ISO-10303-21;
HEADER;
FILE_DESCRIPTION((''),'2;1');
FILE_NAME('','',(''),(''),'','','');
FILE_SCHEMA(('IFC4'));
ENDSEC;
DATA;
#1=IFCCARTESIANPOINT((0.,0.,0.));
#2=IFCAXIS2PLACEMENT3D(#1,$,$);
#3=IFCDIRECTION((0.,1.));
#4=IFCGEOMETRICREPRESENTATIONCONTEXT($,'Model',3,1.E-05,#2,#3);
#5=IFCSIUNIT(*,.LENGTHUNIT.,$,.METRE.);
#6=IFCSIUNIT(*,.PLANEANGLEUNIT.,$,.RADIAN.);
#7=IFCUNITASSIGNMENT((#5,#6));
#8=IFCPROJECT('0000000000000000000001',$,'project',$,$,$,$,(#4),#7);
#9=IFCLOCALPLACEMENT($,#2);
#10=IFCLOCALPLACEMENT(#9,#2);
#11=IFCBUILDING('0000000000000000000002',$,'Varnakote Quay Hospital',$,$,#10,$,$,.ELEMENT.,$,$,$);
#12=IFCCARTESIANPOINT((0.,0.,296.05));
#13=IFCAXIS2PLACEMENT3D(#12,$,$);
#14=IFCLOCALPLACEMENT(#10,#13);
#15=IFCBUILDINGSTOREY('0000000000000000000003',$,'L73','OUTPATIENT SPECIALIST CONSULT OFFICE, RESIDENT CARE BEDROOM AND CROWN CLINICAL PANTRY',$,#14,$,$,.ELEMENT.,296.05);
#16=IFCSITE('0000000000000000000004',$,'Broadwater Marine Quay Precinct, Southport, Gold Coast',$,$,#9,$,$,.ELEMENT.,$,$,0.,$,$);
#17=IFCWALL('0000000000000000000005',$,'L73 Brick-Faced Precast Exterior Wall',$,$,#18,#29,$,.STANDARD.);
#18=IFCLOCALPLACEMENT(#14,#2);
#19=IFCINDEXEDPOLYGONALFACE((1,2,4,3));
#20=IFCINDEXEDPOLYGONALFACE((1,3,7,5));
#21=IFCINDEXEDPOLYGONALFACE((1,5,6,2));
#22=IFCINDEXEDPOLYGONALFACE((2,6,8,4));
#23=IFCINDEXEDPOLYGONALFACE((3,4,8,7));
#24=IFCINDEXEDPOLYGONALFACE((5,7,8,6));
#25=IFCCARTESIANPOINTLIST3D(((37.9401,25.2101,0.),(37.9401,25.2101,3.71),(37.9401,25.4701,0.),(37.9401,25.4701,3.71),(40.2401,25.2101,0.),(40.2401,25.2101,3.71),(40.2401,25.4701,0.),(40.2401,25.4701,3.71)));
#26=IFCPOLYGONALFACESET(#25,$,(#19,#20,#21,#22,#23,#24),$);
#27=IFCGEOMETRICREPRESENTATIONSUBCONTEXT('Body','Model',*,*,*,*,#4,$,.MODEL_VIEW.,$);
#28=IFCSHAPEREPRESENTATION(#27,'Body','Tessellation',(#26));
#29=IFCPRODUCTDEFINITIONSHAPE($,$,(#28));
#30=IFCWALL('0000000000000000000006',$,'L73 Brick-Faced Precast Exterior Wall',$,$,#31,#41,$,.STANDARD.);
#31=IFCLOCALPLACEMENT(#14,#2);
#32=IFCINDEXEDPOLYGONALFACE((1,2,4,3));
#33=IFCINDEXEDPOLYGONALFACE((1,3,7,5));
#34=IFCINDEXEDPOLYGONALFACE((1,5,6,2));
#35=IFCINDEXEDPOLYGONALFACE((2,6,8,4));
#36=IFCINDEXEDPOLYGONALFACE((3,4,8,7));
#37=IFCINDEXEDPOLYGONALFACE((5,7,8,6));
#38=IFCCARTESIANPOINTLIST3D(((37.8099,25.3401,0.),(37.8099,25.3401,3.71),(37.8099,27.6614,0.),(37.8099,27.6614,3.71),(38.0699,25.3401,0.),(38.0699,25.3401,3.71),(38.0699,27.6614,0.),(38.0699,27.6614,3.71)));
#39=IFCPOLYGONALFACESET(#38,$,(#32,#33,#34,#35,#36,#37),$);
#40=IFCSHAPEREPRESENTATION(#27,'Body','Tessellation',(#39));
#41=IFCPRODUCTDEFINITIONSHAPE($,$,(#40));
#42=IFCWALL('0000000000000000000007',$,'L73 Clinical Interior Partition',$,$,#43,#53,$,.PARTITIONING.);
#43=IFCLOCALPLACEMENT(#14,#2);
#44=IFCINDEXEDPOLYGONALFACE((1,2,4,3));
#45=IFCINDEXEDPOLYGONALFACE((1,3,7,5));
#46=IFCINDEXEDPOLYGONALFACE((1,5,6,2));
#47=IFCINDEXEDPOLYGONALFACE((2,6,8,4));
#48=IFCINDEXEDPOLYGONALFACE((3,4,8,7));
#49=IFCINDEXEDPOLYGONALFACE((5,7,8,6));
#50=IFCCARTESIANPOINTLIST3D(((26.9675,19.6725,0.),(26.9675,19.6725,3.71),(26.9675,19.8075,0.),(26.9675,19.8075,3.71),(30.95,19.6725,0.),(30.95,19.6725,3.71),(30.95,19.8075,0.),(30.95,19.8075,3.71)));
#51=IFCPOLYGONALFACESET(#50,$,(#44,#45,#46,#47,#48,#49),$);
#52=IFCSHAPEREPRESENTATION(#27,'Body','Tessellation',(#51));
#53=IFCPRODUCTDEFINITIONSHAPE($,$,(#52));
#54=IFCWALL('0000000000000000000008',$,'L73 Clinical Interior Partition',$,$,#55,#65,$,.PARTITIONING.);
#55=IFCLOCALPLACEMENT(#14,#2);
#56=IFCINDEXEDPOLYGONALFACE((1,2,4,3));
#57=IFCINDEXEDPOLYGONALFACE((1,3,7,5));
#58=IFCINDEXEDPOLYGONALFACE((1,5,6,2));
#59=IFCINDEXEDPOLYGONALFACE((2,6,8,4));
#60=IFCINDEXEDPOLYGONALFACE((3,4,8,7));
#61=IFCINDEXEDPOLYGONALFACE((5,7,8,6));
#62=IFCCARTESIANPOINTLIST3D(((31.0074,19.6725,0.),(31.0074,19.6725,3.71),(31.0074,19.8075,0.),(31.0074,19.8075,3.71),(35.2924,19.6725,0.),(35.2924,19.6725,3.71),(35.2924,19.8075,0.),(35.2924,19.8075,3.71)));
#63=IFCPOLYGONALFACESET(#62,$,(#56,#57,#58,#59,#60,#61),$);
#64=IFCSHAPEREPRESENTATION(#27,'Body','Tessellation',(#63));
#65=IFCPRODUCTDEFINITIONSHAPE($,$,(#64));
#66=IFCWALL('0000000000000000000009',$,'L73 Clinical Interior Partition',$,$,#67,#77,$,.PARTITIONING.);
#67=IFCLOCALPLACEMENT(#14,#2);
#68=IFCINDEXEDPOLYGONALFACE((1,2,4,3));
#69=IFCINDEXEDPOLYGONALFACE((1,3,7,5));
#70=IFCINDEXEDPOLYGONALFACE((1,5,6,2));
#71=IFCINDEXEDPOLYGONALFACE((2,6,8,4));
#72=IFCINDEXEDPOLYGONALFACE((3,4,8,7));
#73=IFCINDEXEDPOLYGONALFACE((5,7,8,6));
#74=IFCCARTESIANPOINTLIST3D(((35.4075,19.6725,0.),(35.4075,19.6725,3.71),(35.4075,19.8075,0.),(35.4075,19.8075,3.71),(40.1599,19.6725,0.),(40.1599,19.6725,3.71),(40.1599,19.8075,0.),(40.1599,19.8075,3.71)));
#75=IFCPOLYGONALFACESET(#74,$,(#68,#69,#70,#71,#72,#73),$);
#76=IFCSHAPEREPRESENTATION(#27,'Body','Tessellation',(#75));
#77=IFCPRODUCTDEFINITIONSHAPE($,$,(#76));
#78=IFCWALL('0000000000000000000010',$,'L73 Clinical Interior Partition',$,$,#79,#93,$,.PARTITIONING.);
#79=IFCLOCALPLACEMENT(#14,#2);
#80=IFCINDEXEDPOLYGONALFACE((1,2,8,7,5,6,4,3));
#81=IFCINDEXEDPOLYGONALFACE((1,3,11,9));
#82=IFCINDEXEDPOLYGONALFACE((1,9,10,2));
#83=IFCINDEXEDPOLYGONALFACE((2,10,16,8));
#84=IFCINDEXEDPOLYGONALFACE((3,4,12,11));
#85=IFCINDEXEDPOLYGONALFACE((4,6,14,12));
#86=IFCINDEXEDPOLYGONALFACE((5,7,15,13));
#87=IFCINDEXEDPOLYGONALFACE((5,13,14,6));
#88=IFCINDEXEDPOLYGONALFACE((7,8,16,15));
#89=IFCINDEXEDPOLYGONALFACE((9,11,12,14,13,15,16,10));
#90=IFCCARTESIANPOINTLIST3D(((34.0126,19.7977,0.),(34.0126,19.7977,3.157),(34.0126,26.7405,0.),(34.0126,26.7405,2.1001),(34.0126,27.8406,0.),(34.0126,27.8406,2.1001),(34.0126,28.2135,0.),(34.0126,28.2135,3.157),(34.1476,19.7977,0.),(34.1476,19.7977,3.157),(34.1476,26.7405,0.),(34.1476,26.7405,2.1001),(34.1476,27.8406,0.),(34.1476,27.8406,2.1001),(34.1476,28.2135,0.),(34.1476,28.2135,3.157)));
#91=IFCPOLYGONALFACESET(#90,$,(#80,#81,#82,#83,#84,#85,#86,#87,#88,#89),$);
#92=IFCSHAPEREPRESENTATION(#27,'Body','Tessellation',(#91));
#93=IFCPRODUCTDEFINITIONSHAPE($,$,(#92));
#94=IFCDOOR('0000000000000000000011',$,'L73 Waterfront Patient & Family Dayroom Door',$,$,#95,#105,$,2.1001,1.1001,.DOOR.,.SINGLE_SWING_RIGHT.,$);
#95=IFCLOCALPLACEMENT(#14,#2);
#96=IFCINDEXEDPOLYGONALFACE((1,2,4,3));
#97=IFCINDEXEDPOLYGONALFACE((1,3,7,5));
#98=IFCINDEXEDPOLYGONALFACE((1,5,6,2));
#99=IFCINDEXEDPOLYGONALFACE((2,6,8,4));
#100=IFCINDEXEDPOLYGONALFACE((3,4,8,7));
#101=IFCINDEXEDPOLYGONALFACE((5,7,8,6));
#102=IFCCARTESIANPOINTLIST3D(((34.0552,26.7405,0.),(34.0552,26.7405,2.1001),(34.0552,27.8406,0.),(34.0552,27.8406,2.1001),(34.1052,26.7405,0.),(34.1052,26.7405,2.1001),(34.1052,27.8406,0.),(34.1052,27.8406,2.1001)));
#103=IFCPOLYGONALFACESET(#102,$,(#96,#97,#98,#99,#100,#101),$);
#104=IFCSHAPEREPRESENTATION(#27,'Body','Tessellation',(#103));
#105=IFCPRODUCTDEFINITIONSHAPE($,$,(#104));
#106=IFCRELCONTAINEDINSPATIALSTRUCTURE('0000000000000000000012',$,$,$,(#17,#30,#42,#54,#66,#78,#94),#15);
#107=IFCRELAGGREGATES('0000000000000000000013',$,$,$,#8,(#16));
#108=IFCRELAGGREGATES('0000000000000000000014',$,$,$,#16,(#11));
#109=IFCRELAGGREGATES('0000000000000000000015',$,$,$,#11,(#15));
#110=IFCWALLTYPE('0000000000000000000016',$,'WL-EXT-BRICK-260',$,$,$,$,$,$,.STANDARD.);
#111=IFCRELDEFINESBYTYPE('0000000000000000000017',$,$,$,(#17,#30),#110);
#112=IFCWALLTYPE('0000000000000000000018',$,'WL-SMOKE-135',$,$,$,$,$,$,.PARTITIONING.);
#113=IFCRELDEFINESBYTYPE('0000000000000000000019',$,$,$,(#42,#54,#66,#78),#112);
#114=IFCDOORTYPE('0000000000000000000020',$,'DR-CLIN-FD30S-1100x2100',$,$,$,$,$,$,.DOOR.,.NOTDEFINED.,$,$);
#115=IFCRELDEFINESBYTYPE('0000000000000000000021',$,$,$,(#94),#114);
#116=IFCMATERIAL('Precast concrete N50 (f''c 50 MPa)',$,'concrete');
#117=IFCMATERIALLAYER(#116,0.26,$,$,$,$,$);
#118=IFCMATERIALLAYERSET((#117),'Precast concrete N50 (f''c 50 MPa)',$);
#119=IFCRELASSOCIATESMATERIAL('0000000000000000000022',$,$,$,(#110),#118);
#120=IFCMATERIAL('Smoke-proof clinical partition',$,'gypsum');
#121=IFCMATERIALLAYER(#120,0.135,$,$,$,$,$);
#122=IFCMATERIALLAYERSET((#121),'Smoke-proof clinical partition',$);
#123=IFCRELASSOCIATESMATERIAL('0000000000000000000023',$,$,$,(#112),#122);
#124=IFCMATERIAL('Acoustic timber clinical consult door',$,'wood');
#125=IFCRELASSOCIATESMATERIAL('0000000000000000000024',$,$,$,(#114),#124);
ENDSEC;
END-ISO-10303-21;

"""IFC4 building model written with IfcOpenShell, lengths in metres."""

from ifc_helpers import new_model, si_unit, direction, frame, frame_2d, origin, place, context, subcontext, project, spatial, rectangle, extrude, material, layer, layer_set, type_object, element, fill, save


model = new_model("IFC4")

# Units and contexts
model_context = context("Model", 3, precision=1e-05, world=origin(), true_north=direction((0.0, 1.0)))
body_context = subcontext(model_context, "Body", "Model", "MODEL_VIEW")
ifc_project = project(units=[si_unit("LENGTHUNIT", "METRE"), si_unit("PLANEANGLEUNIT", "RADIAN")], contexts=[model_context])

# Site, building, storey
site_placement = place(None, origin())
site = spatial("IfcSite", under=ifc_project, at=site_placement, Name="Broadwater Marine Quay Precinct, Southport, Gold Coast", CompositionType="ELEMENT", RefElevation=0.0)
building_placement = place(site_placement, origin())
building = spatial("IfcBuilding", under=site, at=building_placement, Name="Varnakote Quay Hospital", CompositionType="ELEMENT")
storey_placement = place(building_placement, frame((0.0, 0.0, 296.05)))
storey = spatial("IfcBuildingStorey", under=building, at=storey_placement, Name="L73", Description="OUTPATIENT SPECIALIST CONSULT OFFICE, RESIDENT CARE BEDROOM AND CROWN CLINICAL PANTRY", CompositionType="ELEMENT", Elevation=296.05)

# Walls
ifc_material_1 = material(Name="Precast concrete N50 (f'c 50 MPa)", Category="concrete")
ifc_layer_1 = layer(ifc_material_1, 0.26)
ifc_layer_set_1 = layer_set([ifc_layer_1], Name="Precast concrete N50 (f'c 50 MPa)")
wall_type_1 = type_object("IfcWallType", Name="WL-EXT-BRICK-260", PredefinedType="STANDARD", material=ifc_layer_set_1)
wall_1_placement = place(storey_placement, frame((40.24, 25.3401, 0.0), z_axis=(0.0, 0.0, 1.0), x_axis=(-1.0, 0.0, 0.0)))
element("IfcWall", 1, at=wall_1_placement, inside=storey, type_object=wall_type_1, Name="L73 Brick-Faced Precast Exterior Wall", PredefinedType="STANDARD", context=body_context, shape_type="SweptSolid", body=[
    extrude(rectangle(XDim=2.3, YDim=0.26, at=frame_2d((1.1499, 0.0))), origin(), (0.0, 0.0, 1.0), 3.71),
])
wall_2_placement = place(storey_placement, frame((37.9399, 25.3401, 0.0), z_axis=(0.0, 0.0, 1.0), x_axis=(0.0, 1.0, 0.0)))
element("IfcWall", 2, at=wall_2_placement, inside=storey, type_object=wall_type_1, Name="L73 Brick-Faced Precast Exterior Wall", PredefinedType="STANDARD", context=body_context, shape_type="SweptSolid", body=[
    extrude(rectangle(XDim=2.3213, YDim=0.26, at=frame_2d((1.1606, 0.0))), origin(), (0.0, 0.0, 1.0), 3.71),
])
ifc_material_2 = material(Name="Smoke-proof clinical partition", Category="gypsum")
ifc_layer_2 = layer(ifc_material_2, 0.135)
ifc_layer_set_2 = layer_set([ifc_layer_2], Name="Smoke-proof clinical partition")
wall_type_2 = type_object("IfcWallType", Name="WL-SMOKE-135", PredefinedType="PARTITIONING", material=ifc_layer_set_2)
wall_3_placement = place(storey_placement, frame((30.95, 19.74, 0.0), z_axis=(0.0, 0.0, 1.0), x_axis=(-1.0, 0.0, 0.0)))
element("IfcWall", 3, at=wall_3_placement, inside=storey, type_object=wall_type_2, Name="L73 Clinical Interior Partition", PredefinedType="PARTITIONING", context=body_context, shape_type="SweptSolid", body=[
    extrude(rectangle(XDim=3.9824, YDim=0.135, at=frame_2d((1.9912, 0.0))), origin(), (0.0, 0.0, 1.0), 3.71),
])
wall_4_placement = place(storey_placement, frame((35.2925, 19.74, 0.0), z_axis=(0.0, 0.0, 1.0), x_axis=(-1.0, 0.0, 0.0)))
element("IfcWall", 4, at=wall_4_placement, inside=storey, type_object=wall_type_2, Name="L73 Clinical Interior Partition", PredefinedType="PARTITIONING", context=body_context, shape_type="SweptSolid", body=[
    extrude(rectangle(XDim=4.2849, YDim=0.135, at=frame_2d((2.1426, 0.0))), origin(), (0.0, 0.0, 1.0), 3.71),
])
wall_5_placement = place(storey_placement, frame((40.1599, 19.74, 0.0), z_axis=(0.0, 0.0, 1.0), x_axis=(-1.0, 0.0, 0.0)))
element("IfcWall", 5, at=wall_5_placement, inside=storey, type_object=wall_type_2, Name="L73 Clinical Interior Partition", PredefinedType="PARTITIONING", context=body_context, shape_type="SweptSolid", body=[
    extrude(rectangle(XDim=4.7524, YDim=0.135, at=frame_2d((2.3762, 0.0))), origin(), (0.0, 0.0, 1.0), 3.71),
])

# Wall, opening, door
wall_6_placement = place(storey_placement, frame((34.0801, 19.7976, 0.0), z_axis=(0.0, 0.0, 1.0), x_axis=(0.0, 1.0, 0.0)))
wall_6 = element("IfcWall", 6, at=wall_6_placement, inside=storey, type_object=wall_type_2, Name="L73 Clinical Interior Partition", PredefinedType="PARTITIONING", context=body_context, shape_type="SweptSolid", body=[
    extrude(rectangle(XDim=8.4158, YDim=0.135, at=frame_2d((4.208, 0.0))), origin(), (0.0, 0.0, 1.0), 3.157),
])
opening_placement = place(wall_6_placement, frame((6.9429, 0.0, 0.0)))
opening = element("IfcOpeningElement", 7, at=opening_placement, cuts=wall_6, PredefinedType="OPENING", context=body_context, shape_type="SweptSolid", body=[
    extrude(rectangle(XDim=1.1001, YDim=2.1001, at=frame_2d((0.55, 1.05))), frame((0.0, 0.0774, 0.0), z_axis=(0.0, -1.0, 0.0), x_axis=(1.0, 0.0, 0.0)), (0.0, 0.0, 1.0), 0.155),
])
ifc_material_3 = material(Name="Acoustic timber clinical consult door", Category="wood")
door_type = type_object("IfcDoorType", Name="DR-CLIN-FD30S-1100x2100", OperationType="NOTDEFINED", PredefinedType="DOOR", material=ifc_material_3)
door_placement = place(opening_placement, origin())
door = element("IfcDoor", 8, at=door_placement, inside=storey, type_object=door_type, Name="L73 Waterfront Patient & Family Dayroom Door", OperationType="SINGLE_SWING_RIGHT", OverallHeight=2.1001, OverallWidth=1.1001, PredefinedType="DOOR", context=body_context, shape_type="SweptSolid", body=[
    extrude(rectangle(XDim=1.1001, YDim=2.1001, at=frame_2d((0.55, 1.05))), frame((0.0, 0.0249, 0.0), z_axis=(0.0, -1.0, 0.0), x_axis=(1.0, 0.0, 0.0)), (0.0, 0.0, 1.0), 0.05),
])
fill(opening, door)

save(model, "model.ifc")
